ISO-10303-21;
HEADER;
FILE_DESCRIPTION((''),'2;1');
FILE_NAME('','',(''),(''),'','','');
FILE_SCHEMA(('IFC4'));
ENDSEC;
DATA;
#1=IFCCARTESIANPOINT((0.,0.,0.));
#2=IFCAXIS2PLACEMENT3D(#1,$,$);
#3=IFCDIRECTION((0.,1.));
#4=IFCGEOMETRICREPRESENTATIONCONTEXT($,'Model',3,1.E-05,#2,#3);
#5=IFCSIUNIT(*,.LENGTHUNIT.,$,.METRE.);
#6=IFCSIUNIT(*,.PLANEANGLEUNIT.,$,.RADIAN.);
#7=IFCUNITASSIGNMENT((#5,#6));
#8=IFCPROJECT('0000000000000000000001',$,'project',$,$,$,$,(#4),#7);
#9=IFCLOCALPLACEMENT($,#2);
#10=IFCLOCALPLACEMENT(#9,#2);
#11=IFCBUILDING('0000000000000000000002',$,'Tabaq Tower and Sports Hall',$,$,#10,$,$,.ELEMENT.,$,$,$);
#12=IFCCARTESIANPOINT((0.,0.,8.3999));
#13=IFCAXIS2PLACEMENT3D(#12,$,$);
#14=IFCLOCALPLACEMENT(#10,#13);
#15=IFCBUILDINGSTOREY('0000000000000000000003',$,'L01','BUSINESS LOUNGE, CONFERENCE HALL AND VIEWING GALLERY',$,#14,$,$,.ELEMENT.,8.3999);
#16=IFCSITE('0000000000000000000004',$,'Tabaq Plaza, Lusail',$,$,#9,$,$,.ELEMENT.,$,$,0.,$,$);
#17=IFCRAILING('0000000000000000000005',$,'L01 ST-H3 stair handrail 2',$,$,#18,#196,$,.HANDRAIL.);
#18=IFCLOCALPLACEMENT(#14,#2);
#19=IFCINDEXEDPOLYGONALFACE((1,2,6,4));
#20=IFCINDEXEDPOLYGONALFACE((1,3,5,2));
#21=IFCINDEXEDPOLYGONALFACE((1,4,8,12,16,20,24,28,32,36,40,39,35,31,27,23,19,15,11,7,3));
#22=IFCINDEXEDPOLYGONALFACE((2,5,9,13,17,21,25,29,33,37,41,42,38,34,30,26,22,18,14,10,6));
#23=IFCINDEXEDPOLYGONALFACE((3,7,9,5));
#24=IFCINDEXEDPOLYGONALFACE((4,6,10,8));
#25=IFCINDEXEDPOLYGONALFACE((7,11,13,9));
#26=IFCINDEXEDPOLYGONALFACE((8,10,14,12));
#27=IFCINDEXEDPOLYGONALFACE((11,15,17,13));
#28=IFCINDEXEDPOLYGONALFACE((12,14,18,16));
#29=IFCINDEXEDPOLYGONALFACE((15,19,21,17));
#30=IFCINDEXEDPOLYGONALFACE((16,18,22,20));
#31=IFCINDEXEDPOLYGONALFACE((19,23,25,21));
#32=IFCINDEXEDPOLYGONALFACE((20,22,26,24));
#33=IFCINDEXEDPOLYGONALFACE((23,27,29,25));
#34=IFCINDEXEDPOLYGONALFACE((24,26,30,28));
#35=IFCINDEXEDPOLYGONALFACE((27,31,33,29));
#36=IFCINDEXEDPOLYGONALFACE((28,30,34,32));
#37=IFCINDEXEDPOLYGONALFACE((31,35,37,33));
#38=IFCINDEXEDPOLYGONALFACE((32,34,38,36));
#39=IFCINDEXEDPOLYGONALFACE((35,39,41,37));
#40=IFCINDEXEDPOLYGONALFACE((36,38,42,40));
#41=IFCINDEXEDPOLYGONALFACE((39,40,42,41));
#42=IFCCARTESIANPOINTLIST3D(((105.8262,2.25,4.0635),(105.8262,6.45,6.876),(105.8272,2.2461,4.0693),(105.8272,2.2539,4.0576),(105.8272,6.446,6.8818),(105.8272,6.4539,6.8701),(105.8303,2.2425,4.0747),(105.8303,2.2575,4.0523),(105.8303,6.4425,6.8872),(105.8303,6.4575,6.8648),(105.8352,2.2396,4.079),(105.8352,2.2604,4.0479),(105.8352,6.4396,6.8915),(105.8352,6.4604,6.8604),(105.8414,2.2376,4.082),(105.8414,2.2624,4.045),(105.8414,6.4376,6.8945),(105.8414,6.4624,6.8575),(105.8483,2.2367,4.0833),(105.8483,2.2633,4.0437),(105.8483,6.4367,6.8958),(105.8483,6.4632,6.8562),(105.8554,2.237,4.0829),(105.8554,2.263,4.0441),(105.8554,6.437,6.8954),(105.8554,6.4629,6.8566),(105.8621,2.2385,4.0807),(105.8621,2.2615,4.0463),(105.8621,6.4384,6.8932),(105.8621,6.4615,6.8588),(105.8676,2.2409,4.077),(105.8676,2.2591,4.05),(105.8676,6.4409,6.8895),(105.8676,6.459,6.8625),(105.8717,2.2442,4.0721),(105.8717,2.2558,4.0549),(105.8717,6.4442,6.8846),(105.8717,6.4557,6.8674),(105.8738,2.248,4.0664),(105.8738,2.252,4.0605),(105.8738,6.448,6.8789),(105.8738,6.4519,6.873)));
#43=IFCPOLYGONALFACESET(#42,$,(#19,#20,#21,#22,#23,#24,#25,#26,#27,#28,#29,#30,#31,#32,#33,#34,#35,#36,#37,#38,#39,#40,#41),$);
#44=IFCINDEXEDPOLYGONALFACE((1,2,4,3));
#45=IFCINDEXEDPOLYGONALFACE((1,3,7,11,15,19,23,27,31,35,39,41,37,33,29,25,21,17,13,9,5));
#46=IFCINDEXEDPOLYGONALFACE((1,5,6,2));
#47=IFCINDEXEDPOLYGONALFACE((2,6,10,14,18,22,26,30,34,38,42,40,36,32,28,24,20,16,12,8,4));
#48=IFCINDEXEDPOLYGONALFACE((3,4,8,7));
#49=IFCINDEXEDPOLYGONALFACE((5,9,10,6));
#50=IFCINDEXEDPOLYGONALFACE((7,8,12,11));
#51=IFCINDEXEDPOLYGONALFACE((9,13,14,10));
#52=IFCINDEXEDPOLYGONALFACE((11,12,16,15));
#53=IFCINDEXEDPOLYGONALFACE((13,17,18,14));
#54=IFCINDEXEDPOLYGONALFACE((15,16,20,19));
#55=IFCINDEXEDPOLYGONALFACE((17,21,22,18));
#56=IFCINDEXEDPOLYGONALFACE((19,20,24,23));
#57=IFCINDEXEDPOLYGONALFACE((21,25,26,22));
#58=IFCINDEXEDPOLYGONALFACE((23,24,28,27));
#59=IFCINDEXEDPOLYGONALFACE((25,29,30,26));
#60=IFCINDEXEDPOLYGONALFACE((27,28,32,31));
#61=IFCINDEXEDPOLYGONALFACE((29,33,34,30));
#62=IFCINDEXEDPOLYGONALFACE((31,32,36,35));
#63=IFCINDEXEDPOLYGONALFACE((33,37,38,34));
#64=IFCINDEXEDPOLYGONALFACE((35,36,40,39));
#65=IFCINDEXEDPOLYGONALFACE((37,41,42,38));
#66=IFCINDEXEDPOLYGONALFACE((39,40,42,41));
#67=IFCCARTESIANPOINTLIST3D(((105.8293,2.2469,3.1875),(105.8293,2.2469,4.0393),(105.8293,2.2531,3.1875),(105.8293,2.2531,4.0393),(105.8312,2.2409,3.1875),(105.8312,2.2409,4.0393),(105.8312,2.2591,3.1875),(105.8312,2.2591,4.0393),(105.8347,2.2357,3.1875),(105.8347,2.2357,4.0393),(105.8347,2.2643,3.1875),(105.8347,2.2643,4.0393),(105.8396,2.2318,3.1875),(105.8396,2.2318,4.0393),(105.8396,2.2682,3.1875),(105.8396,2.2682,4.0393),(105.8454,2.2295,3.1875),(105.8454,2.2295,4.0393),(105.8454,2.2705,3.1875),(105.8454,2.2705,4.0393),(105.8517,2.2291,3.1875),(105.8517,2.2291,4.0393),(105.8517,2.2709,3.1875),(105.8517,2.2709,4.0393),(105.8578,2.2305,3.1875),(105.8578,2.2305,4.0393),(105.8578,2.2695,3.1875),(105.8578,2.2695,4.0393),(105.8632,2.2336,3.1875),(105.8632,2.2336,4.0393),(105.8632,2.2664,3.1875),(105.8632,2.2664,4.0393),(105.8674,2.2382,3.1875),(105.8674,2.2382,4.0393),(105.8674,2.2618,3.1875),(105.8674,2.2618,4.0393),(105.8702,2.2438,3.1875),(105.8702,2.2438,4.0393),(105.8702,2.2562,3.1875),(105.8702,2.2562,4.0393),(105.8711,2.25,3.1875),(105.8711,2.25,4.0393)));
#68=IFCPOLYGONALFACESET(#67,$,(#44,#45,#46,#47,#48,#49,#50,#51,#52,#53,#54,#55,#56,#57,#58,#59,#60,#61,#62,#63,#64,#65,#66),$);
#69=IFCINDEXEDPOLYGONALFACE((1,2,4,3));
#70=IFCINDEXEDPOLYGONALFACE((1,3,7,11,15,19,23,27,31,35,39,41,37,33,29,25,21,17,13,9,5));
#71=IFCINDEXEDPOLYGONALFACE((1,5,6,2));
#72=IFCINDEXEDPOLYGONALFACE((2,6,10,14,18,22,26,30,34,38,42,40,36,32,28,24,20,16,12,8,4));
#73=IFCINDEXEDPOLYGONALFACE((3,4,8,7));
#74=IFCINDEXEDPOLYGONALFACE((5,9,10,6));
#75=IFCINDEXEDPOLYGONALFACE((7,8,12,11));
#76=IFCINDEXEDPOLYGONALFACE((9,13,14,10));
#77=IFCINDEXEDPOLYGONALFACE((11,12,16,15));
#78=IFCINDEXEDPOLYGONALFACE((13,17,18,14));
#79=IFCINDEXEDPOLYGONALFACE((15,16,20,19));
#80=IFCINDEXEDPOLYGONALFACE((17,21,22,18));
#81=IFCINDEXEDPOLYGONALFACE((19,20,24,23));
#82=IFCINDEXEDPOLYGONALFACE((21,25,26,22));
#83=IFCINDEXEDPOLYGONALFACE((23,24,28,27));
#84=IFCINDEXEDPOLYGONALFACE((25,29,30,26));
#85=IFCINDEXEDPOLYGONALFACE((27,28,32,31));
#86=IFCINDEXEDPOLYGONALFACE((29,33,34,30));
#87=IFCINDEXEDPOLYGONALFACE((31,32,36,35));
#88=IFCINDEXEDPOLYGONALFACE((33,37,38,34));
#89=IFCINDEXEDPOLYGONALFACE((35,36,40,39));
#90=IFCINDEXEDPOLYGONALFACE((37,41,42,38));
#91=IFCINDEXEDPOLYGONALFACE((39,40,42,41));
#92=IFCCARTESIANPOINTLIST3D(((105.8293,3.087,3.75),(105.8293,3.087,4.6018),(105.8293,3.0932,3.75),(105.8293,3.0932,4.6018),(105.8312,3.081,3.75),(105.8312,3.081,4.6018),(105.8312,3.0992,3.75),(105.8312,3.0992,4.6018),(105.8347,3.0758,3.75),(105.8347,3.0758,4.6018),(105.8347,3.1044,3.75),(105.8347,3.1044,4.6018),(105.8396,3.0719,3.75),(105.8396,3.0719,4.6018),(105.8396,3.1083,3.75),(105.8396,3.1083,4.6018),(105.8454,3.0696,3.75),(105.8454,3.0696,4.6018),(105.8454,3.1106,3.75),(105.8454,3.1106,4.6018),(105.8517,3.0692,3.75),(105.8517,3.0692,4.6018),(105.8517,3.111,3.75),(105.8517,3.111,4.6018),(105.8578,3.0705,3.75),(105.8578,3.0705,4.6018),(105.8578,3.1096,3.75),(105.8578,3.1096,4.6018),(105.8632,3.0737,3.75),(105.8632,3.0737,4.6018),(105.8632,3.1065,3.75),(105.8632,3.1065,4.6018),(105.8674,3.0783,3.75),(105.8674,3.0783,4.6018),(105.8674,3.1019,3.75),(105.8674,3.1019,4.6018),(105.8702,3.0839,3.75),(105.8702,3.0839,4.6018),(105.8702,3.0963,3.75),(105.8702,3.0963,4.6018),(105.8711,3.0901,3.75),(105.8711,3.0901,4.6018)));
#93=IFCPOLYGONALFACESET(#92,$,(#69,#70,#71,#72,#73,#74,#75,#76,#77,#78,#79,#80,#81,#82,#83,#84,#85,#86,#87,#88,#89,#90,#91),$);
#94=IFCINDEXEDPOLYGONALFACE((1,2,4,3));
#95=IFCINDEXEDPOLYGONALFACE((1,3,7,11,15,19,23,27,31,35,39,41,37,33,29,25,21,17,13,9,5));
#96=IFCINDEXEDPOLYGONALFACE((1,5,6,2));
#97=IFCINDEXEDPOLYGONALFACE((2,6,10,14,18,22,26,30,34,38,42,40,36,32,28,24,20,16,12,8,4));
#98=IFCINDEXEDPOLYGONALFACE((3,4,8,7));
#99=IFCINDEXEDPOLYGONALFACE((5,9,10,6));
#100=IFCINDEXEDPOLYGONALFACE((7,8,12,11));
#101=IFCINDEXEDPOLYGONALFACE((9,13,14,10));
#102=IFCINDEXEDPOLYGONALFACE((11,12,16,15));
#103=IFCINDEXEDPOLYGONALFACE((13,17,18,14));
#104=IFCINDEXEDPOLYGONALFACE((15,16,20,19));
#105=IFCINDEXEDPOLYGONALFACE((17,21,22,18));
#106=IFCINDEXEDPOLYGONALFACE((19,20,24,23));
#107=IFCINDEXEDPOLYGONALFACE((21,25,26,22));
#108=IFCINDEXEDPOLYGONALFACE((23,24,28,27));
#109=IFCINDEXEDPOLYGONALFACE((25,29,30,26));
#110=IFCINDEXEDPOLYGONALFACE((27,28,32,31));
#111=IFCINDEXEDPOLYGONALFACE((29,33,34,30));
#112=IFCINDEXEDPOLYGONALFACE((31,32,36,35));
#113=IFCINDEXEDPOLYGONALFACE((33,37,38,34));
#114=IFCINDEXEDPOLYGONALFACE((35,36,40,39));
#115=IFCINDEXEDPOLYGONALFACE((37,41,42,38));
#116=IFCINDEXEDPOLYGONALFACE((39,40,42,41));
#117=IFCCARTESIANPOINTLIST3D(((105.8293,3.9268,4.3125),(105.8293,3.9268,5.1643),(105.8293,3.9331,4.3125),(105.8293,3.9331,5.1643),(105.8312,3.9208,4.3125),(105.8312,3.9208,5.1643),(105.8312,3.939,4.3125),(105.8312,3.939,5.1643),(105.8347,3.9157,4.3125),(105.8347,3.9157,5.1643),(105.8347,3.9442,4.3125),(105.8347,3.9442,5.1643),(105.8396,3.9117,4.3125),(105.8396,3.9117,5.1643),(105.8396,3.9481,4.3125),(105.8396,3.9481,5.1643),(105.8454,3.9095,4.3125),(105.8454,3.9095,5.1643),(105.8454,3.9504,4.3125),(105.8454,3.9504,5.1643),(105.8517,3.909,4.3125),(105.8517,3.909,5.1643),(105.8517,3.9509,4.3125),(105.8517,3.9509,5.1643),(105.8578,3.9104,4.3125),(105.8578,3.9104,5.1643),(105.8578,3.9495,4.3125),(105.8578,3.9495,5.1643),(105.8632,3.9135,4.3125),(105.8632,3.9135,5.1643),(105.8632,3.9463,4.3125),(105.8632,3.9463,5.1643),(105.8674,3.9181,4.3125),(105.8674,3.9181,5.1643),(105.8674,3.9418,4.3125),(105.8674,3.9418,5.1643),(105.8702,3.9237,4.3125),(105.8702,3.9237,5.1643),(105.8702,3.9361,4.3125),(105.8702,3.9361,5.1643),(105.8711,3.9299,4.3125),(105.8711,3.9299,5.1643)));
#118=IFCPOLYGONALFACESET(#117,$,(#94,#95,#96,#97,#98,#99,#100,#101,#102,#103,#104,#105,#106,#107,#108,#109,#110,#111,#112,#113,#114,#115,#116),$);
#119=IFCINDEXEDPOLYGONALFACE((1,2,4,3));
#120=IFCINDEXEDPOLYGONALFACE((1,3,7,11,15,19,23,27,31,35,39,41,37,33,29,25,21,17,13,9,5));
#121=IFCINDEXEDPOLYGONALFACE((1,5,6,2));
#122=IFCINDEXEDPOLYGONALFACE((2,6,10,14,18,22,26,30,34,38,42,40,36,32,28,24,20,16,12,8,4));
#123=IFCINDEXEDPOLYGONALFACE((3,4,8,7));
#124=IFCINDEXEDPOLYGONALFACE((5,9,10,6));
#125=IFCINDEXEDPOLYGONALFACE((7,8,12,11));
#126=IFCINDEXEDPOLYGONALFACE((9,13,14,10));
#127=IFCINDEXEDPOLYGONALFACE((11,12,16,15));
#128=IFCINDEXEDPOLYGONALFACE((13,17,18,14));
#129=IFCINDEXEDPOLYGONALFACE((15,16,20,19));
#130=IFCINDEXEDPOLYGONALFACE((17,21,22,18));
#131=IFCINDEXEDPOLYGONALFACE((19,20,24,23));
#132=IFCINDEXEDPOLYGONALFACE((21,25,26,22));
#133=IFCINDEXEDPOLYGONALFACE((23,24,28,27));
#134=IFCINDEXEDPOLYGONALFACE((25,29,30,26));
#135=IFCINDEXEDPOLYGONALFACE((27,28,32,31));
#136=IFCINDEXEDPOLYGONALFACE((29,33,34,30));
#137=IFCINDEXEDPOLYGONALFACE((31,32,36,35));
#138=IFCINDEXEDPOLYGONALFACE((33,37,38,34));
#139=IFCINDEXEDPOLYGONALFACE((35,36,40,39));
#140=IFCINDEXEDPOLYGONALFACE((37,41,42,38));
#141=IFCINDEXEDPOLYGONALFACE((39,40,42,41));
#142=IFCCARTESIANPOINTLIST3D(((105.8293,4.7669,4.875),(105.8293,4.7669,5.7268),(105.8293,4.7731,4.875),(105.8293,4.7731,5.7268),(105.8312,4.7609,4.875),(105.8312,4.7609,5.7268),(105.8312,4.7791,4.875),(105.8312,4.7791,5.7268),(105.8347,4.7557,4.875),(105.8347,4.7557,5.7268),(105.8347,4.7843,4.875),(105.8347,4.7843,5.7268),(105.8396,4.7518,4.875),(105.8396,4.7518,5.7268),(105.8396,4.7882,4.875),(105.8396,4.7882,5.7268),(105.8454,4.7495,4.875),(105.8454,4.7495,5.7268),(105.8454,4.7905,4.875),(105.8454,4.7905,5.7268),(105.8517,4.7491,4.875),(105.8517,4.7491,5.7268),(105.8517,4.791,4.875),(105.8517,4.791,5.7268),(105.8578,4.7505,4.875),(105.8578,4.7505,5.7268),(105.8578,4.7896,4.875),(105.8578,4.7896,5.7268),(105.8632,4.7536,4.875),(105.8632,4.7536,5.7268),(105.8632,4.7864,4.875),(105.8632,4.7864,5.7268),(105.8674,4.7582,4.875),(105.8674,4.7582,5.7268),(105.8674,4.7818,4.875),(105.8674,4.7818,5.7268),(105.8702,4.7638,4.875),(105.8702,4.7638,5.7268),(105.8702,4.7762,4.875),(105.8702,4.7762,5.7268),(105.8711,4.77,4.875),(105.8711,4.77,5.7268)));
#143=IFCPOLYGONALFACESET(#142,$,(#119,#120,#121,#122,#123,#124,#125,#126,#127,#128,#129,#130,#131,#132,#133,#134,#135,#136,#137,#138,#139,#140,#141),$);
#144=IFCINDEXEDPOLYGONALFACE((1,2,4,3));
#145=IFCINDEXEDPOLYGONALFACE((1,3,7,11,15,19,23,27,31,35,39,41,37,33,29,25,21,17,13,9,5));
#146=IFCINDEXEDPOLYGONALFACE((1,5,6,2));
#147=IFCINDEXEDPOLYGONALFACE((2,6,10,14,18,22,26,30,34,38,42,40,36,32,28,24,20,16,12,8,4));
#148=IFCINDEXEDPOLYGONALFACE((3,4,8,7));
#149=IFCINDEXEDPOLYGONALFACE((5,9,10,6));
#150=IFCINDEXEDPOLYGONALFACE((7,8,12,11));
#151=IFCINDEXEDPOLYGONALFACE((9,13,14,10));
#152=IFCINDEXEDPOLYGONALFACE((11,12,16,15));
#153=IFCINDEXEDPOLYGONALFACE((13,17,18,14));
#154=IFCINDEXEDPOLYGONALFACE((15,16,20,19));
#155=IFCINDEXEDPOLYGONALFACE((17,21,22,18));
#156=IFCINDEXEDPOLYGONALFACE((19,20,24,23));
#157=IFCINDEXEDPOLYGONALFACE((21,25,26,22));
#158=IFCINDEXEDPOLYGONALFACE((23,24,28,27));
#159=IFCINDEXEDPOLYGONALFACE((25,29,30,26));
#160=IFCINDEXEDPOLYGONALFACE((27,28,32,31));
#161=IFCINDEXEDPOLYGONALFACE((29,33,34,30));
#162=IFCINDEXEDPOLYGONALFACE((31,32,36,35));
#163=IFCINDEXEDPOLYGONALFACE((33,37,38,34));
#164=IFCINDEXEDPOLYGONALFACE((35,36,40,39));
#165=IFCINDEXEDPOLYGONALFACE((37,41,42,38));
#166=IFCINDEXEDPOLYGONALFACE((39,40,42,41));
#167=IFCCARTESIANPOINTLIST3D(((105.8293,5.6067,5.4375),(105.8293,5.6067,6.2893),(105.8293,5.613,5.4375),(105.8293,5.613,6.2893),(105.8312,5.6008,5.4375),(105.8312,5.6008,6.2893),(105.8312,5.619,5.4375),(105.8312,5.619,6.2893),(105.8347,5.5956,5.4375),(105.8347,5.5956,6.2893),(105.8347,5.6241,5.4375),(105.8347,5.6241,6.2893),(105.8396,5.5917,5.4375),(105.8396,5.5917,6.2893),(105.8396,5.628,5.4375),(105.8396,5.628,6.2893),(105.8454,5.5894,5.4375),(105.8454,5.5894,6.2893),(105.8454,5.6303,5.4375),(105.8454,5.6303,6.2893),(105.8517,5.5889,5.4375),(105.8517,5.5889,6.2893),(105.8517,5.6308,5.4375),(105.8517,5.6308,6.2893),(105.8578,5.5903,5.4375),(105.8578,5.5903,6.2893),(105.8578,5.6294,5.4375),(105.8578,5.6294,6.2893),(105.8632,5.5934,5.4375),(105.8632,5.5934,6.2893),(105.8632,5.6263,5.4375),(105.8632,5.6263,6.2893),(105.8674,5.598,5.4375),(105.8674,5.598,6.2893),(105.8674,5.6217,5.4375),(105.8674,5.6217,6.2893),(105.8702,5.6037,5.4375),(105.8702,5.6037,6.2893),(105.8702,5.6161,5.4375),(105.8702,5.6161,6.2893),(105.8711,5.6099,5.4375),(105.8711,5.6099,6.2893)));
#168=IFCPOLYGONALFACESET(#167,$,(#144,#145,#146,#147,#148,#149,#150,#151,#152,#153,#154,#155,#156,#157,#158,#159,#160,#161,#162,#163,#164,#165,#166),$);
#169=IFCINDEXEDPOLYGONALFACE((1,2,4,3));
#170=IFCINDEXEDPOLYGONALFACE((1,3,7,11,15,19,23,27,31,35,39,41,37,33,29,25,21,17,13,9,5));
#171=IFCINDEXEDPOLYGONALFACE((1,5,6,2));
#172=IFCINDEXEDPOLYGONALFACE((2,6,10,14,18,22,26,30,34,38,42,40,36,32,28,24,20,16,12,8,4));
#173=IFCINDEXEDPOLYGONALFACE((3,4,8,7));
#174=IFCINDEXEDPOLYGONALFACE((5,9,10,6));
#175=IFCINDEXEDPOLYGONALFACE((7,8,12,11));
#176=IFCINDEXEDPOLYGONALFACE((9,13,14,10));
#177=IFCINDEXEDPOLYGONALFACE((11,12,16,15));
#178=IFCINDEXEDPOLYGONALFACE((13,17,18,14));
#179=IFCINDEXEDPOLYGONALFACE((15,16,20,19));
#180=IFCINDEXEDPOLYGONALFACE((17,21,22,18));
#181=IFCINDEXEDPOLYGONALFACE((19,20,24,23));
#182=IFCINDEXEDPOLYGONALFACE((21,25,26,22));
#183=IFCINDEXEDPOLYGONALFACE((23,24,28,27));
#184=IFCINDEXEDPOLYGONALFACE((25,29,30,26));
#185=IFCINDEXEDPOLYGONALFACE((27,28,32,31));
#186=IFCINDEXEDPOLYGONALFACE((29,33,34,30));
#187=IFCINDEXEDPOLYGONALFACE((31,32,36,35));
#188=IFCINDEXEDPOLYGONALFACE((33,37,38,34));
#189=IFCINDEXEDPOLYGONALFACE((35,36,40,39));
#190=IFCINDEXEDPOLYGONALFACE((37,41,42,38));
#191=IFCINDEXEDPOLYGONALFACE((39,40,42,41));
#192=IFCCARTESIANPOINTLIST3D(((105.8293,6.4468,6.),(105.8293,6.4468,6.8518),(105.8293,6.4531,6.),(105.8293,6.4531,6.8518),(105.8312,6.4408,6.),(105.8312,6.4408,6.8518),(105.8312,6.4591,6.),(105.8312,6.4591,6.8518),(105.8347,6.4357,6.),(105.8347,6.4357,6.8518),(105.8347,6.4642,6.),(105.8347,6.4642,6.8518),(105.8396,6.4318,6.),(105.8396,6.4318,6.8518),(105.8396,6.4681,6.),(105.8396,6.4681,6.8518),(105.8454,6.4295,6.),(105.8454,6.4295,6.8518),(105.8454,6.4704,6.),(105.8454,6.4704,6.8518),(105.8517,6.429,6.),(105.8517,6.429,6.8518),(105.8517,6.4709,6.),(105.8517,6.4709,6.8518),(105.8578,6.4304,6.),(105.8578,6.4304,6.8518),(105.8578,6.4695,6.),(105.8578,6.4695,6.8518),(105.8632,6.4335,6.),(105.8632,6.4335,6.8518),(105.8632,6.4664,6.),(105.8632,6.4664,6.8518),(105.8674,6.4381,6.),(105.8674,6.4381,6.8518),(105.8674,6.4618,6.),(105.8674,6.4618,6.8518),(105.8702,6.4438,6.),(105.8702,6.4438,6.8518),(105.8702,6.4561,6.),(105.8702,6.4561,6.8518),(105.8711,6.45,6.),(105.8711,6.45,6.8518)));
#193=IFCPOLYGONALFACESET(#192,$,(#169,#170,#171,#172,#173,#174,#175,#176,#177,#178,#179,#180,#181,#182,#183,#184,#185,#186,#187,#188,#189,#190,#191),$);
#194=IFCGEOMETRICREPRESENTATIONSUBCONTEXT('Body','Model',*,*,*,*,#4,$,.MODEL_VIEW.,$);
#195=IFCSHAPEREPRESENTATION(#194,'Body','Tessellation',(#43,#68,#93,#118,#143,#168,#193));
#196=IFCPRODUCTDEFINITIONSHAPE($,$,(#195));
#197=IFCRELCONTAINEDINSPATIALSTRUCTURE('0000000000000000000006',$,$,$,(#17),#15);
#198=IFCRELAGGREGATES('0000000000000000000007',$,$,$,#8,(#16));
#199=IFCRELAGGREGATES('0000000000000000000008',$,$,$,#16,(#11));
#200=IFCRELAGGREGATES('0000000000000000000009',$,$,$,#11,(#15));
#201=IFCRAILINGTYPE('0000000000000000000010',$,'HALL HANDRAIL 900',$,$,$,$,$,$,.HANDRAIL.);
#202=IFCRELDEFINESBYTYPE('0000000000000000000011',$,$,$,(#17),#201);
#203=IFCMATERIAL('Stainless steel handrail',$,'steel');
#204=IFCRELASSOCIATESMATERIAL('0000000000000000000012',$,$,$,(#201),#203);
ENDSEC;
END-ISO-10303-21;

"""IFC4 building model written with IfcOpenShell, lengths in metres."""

from ifc_helpers import new_model, si_unit, direction, frame, origin, origin_2d, place, context, subcontext, project, spatial, circle, extrude, material, type_object, element, save


model = new_model("IFC4")

# Units and contexts
model_context = context("Model", 3, precision=1e-05, world=origin(), true_north=direction((0.0, 1.0)))
body_context = subcontext(model_context, "Body", "Model", "MODEL_VIEW")
ifc_project = project(units=[si_unit("LENGTHUNIT", "METRE"), si_unit("PLANEANGLEUNIT", "RADIAN")], contexts=[model_context])

# Site, building, storey
site_placement = place(None, origin())
site = spatial("IfcSite", under=ifc_project, at=site_placement, Name="Tabaq Plaza, Lusail", CompositionType="ELEMENT", RefElevation=0.0)
building_placement = place(site_placement, origin())
building = spatial("IfcBuilding", under=site, at=building_placement, Name="Tabaq Tower and Sports Hall", CompositionType="ELEMENT")
storey_placement = place(building_placement, frame((0.0, 0.0, 8.3999)))
storey = spatial("IfcBuildingStorey", under=building, at=storey_placement, Name="L01", Description="BUSINESS LOUNGE, CONFERENCE HALL AND VIEWING GALLERY", CompositionType="ELEMENT", Elevation=8.3999)

# Railing
ifc_material_1 = material(Name="Stainless steel handrail", Category="steel")
railing_type_1 = type_object("IfcRailingType", Name="HALL HANDRAIL 900", PredefinedType="HANDRAIL", material=ifc_material_1)
railing_1_placement = place(storey_placement, frame((105.8501, 2.25, 3.1875)))
element("IfcRailing", 1, at=railing_1_placement, inside=storey, type_object=railing_type_1, Name="L01 ST-H3 stair handrail 2", PredefinedType="HANDRAIL", context=body_context, shape_type="SweptSolid", body=[
    extrude(circle(Radius=0.0239, at=origin_2d()), frame((0.0, 0.0, 0.876), z_axis=(0.0, 0.830904, 0.556416), x_axis=(-1.0, 0.0, 0.0)), (0.0, 0.0, 1.0), 5.0547),
    extrude(circle(Radius=0.021, at=origin_2d()), origin(), (0.0, 0.0, 1.0), 0.8518),
    extrude(circle(Radius=0.021, at=origin_2d()), frame((0.0, 0.8401, 0.5625)), (0.0, 0.0, 1.0), 0.8518),
    extrude(circle(Radius=0.021, at=origin_2d()), frame((0.0, 1.6799, 1.125)), (0.0, 0.0, 1.0), 0.8518),
    extrude(circle(Radius=0.021, at=origin_2d()), frame((0.0, 2.52, 1.6875)), (0.0, 0.0, 1.0), 0.8518),
    extrude(circle(Radius=0.021, at=origin_2d()), frame((0.0, 3.3599, 2.25)), (0.0, 0.0, 1.0), 0.8518),
    extrude(circle(Radius=0.021, at=origin_2d()), frame((0.0, 4.2, 2.8125)), (0.0, 0.0, 1.0), 0.8518),
])

save(model, "model.ifc")
